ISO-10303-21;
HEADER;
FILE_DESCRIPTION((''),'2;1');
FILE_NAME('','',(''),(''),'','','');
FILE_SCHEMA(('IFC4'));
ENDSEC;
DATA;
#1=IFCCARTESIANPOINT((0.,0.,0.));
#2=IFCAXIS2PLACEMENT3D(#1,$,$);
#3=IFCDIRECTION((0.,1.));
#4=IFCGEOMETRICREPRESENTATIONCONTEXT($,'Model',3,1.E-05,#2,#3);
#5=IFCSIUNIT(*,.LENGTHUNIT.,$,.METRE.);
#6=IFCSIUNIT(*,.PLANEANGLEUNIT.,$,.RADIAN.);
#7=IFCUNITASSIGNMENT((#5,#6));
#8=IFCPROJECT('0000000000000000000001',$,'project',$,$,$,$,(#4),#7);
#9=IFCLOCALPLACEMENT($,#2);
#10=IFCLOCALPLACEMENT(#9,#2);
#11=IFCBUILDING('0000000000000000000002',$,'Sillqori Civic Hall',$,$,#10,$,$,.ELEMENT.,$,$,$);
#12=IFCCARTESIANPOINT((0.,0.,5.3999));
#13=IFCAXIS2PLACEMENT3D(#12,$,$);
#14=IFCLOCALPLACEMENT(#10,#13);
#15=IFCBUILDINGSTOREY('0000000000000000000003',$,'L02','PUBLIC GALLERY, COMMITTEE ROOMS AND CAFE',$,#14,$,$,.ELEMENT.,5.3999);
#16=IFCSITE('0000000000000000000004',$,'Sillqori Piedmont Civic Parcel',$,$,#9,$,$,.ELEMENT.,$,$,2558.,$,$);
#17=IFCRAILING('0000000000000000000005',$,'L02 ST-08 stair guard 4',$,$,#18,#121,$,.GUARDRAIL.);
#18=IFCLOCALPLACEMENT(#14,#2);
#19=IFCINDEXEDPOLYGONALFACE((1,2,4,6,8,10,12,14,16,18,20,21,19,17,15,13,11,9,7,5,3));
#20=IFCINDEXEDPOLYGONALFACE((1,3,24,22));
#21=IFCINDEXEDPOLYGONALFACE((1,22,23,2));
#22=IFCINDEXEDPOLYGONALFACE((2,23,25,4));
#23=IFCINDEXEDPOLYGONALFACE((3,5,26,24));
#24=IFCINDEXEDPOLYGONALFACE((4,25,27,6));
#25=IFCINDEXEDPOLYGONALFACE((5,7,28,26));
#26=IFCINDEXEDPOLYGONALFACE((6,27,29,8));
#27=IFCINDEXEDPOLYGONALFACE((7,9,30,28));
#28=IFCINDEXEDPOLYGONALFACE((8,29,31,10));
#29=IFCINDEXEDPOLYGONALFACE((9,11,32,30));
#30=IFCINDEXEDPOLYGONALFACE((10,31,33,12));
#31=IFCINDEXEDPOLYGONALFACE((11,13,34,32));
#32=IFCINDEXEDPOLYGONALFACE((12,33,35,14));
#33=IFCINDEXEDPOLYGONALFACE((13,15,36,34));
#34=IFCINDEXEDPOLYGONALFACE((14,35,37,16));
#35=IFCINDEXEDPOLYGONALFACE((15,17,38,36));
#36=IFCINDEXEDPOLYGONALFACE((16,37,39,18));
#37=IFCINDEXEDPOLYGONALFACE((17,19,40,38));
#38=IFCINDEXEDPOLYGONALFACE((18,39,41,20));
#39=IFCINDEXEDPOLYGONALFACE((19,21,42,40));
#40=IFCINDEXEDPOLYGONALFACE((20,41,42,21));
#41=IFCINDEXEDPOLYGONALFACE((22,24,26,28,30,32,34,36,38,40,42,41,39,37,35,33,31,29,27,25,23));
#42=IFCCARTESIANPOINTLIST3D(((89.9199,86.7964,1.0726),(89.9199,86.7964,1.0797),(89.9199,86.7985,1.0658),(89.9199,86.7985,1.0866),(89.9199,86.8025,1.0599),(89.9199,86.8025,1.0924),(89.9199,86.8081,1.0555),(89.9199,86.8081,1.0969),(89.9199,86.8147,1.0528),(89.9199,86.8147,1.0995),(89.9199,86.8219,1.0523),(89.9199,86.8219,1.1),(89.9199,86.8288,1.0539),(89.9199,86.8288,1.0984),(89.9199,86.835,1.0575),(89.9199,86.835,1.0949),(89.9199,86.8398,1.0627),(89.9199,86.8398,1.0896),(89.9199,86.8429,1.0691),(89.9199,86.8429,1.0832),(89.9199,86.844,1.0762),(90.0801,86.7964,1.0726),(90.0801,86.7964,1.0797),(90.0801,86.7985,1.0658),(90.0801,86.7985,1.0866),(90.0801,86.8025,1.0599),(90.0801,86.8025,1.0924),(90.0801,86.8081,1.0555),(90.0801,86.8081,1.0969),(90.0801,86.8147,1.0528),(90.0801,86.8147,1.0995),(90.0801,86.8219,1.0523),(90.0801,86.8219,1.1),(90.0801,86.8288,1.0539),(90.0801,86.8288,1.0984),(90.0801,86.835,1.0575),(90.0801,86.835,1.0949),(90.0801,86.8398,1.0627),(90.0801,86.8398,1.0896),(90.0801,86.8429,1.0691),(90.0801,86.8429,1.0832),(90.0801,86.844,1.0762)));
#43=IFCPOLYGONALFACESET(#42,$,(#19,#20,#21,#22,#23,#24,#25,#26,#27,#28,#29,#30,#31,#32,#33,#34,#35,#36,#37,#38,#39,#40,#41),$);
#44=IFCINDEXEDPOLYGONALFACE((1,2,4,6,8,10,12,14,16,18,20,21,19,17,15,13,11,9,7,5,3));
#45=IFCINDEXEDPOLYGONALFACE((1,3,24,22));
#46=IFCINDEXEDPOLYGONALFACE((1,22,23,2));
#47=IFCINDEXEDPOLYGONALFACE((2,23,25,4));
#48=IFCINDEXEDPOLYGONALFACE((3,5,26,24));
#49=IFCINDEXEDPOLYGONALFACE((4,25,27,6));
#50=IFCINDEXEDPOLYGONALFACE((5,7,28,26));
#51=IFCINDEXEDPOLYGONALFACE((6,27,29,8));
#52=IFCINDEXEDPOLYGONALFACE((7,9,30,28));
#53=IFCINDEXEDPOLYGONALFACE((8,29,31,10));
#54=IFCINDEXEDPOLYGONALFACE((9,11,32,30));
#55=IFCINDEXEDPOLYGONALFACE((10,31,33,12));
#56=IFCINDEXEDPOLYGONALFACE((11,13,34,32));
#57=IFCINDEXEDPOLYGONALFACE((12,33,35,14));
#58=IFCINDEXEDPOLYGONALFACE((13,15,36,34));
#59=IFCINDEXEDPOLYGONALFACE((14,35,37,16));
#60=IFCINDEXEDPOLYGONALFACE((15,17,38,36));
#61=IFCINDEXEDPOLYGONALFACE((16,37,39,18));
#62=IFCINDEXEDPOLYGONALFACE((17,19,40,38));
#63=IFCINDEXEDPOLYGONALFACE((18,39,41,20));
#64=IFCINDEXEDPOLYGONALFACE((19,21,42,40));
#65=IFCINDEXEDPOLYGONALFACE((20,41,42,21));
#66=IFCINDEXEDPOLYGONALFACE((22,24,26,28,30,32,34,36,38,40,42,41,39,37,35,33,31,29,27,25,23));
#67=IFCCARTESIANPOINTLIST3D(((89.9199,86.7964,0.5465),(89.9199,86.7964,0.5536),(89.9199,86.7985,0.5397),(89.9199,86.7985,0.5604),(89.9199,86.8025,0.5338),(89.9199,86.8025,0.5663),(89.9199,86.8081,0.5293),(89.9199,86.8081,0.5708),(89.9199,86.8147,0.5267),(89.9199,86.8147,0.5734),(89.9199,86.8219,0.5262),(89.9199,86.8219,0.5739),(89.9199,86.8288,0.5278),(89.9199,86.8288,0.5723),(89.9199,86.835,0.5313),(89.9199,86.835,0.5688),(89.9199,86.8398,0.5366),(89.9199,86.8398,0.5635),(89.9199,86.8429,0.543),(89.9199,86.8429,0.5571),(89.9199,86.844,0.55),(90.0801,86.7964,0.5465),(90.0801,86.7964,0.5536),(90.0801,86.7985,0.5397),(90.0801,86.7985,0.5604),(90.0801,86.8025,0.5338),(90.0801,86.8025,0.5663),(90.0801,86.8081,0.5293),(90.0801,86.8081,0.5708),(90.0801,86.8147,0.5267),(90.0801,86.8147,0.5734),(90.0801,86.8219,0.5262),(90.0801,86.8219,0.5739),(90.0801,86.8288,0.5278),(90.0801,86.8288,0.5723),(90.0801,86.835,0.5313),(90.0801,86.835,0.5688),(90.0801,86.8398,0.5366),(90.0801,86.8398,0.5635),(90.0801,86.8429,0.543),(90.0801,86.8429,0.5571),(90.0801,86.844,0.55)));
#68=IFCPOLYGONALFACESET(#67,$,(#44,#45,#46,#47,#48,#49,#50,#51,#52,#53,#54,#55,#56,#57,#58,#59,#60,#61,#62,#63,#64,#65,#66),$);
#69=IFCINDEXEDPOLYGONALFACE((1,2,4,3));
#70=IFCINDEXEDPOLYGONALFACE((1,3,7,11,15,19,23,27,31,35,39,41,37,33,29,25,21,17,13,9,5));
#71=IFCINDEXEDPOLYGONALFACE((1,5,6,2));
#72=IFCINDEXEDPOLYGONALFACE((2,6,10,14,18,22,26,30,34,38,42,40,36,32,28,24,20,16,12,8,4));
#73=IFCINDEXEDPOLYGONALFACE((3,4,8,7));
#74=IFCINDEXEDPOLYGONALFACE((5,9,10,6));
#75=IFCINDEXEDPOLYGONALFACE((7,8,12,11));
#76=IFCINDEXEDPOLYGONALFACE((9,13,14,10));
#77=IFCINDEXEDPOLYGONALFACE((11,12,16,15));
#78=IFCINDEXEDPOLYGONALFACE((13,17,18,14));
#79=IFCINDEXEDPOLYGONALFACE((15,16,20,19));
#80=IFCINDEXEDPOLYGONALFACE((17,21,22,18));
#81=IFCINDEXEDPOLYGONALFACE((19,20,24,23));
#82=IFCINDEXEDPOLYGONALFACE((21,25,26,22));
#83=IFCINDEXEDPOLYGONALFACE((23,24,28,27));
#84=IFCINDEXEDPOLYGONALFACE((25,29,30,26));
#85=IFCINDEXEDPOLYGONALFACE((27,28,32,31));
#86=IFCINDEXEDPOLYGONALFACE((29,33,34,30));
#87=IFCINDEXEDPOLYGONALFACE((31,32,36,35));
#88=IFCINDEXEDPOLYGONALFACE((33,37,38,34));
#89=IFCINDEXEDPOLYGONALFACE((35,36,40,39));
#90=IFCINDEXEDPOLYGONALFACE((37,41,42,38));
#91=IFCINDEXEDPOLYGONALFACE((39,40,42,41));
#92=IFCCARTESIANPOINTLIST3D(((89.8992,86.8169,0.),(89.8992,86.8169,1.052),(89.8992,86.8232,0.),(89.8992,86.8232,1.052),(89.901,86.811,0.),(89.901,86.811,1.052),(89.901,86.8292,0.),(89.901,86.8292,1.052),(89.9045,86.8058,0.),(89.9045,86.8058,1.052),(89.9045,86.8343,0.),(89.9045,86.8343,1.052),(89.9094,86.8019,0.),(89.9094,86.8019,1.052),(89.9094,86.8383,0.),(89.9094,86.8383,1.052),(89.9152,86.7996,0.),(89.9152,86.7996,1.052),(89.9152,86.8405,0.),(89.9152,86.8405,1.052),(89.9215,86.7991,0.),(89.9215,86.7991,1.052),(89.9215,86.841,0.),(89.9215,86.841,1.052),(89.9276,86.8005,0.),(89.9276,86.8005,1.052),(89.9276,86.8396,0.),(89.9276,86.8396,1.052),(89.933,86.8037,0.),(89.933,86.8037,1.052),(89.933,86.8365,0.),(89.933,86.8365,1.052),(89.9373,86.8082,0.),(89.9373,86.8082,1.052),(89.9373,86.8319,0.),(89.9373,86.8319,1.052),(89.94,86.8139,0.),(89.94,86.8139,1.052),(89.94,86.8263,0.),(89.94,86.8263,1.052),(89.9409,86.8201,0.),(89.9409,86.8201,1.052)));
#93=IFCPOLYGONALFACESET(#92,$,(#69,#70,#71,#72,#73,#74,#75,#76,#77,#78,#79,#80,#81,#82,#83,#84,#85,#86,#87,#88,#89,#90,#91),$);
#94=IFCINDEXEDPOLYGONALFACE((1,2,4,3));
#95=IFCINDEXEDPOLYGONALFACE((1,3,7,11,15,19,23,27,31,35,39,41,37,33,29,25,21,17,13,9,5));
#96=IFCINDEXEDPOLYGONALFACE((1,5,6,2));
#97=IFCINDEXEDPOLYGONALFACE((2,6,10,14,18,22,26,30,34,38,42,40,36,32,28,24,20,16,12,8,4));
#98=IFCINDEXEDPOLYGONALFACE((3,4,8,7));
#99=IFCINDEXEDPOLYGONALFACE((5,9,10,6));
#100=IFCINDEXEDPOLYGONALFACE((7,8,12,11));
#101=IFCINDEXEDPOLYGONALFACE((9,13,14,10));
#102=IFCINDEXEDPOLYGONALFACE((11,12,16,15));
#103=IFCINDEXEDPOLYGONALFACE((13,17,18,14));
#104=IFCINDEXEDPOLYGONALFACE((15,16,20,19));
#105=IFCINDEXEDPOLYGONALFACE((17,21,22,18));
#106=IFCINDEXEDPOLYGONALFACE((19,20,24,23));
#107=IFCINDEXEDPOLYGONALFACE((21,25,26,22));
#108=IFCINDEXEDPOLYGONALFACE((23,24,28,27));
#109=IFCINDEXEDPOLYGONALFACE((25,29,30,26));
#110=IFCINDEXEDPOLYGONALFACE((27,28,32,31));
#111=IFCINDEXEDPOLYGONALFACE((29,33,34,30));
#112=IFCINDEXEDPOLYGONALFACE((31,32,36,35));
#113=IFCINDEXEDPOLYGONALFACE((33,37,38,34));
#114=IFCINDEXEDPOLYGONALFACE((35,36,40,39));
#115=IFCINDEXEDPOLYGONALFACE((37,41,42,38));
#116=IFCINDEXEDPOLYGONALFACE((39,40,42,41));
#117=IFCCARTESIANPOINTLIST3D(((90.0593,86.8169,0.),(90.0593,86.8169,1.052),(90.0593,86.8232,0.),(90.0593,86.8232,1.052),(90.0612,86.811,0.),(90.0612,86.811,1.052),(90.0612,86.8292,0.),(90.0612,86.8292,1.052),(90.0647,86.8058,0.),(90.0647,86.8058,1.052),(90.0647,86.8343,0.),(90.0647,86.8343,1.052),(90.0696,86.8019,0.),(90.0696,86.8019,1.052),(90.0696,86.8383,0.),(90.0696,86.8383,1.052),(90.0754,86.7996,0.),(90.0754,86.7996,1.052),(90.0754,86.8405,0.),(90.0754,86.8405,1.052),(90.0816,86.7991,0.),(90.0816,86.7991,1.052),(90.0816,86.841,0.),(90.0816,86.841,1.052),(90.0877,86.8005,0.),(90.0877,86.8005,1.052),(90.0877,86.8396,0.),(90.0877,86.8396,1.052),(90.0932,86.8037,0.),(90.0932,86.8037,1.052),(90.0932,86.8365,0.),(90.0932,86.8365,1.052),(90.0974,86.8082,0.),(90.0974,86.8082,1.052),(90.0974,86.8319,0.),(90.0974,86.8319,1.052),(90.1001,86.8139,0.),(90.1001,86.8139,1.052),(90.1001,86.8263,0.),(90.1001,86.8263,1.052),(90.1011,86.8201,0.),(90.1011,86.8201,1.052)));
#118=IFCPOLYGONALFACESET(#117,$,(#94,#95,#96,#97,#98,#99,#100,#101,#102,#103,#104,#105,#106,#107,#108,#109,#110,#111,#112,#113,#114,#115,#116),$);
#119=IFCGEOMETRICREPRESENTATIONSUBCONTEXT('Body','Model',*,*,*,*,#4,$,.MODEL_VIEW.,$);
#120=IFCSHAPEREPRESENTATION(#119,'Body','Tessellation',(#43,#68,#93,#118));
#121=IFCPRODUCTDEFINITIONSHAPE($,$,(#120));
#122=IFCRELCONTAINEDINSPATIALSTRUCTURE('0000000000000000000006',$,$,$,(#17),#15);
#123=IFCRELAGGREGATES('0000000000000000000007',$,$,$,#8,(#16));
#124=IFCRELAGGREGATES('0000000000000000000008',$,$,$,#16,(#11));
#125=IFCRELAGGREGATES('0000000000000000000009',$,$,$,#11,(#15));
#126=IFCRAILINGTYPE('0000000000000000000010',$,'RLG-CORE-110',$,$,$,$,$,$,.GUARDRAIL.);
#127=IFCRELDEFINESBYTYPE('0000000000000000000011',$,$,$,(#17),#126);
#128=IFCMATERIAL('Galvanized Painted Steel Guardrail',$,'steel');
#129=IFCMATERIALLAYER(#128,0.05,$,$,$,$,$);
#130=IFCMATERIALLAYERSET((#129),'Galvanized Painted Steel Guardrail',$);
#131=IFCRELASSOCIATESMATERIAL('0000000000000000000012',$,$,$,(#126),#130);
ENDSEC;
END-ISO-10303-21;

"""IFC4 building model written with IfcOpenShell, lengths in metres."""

from ifc_helpers import new_model, si_unit, direction, frame, origin, origin_2d, place, context, subcontext, project, spatial, circle, extrude, material, layer, layer_set, type_object, element, save


model = new_model("IFC4")

# Units and contexts
model_context = context("Model", 3, precision=1e-05, world=origin(), true_north=direction((0.0, 1.0)))
body_context = subcontext(model_context, "Body", "Model", "MODEL_VIEW")
ifc_project = project(units=[si_unit("LENGTHUNIT", "METRE"), si_unit("PLANEANGLEUNIT", "RADIAN")], contexts=[model_context])

# Site, building, storey
site_placement = place(None, origin())
site = spatial("IfcSite", under=ifc_project, at=site_placement, Name="Sillqori Piedmont Civic Parcel", CompositionType="ELEMENT", RefElevation=2558.0)
building_placement = place(site_placement, origin())
building = spatial("IfcBuilding", under=site, at=building_placement, Name="Sillqori Civic Hall", CompositionType="ELEMENT")
storey_placement = place(building_placement, frame((0.0, 0.0, 5.3999)))
storey = spatial("IfcBuildingStorey", under=building, at=storey_placement, Name="L02", Description="PUBLIC GALLERY, COMMITTEE ROOMS AND CAFE", CompositionType="ELEMENT", Elevation=5.3999)

# Railing
ifc_material_1 = material(Name="Galvanized Painted Steel Guardrail", Category="steel")
ifc_layer_1 = layer(ifc_material_1, 0.05)
ifc_layer_set_1 = layer_set([ifc_layer_1], Name="Galvanized Painted Steel Guardrail")
railing_type_1 = type_object("IfcRailingType", Name="RLG-CORE-110", PredefinedType="GUARDRAIL", material=ifc_layer_set_1)
railing_1_placement = place(storey_placement, frame((89.9199, 86.8201, 0.0)))
element("IfcRailing", 1, at=railing_1_placement, inside=storey, type_object=railing_type_1, Name="L02 ST-08 stair guard 4", PredefinedType="GUARDRAIL", context=body_context, shape_type="SweptSolid", body=[
    extrude(circle(Radius=0.0239, at=origin_2d()), frame((0.0, 0.0, 1.0762), z_axis=(1.0, 0.0, 0.0), x_axis=(0.0, 1.0, 0.0)), (0.0, 0.0, 1.0), 0.1602),
    extrude(circle(Radius=0.0239, at=origin_2d()), frame((0.0, 0.0, 0.55), z_axis=(1.0, 0.0, 0.0), x_axis=(0.0, 1.0, 0.0)), (0.0, 0.0, 1.0), 0.1602),
    extrude(circle(Radius=0.021, at=origin_2d()), origin(), (0.0, 0.0, 1.0), 1.052),
    extrude(circle(Radius=0.021, at=origin_2d()), frame((0.1602, 0.0, 0.0)), (0.0, 0.0, 1.0), 1.052),
])

save(model, "model.ifc")
